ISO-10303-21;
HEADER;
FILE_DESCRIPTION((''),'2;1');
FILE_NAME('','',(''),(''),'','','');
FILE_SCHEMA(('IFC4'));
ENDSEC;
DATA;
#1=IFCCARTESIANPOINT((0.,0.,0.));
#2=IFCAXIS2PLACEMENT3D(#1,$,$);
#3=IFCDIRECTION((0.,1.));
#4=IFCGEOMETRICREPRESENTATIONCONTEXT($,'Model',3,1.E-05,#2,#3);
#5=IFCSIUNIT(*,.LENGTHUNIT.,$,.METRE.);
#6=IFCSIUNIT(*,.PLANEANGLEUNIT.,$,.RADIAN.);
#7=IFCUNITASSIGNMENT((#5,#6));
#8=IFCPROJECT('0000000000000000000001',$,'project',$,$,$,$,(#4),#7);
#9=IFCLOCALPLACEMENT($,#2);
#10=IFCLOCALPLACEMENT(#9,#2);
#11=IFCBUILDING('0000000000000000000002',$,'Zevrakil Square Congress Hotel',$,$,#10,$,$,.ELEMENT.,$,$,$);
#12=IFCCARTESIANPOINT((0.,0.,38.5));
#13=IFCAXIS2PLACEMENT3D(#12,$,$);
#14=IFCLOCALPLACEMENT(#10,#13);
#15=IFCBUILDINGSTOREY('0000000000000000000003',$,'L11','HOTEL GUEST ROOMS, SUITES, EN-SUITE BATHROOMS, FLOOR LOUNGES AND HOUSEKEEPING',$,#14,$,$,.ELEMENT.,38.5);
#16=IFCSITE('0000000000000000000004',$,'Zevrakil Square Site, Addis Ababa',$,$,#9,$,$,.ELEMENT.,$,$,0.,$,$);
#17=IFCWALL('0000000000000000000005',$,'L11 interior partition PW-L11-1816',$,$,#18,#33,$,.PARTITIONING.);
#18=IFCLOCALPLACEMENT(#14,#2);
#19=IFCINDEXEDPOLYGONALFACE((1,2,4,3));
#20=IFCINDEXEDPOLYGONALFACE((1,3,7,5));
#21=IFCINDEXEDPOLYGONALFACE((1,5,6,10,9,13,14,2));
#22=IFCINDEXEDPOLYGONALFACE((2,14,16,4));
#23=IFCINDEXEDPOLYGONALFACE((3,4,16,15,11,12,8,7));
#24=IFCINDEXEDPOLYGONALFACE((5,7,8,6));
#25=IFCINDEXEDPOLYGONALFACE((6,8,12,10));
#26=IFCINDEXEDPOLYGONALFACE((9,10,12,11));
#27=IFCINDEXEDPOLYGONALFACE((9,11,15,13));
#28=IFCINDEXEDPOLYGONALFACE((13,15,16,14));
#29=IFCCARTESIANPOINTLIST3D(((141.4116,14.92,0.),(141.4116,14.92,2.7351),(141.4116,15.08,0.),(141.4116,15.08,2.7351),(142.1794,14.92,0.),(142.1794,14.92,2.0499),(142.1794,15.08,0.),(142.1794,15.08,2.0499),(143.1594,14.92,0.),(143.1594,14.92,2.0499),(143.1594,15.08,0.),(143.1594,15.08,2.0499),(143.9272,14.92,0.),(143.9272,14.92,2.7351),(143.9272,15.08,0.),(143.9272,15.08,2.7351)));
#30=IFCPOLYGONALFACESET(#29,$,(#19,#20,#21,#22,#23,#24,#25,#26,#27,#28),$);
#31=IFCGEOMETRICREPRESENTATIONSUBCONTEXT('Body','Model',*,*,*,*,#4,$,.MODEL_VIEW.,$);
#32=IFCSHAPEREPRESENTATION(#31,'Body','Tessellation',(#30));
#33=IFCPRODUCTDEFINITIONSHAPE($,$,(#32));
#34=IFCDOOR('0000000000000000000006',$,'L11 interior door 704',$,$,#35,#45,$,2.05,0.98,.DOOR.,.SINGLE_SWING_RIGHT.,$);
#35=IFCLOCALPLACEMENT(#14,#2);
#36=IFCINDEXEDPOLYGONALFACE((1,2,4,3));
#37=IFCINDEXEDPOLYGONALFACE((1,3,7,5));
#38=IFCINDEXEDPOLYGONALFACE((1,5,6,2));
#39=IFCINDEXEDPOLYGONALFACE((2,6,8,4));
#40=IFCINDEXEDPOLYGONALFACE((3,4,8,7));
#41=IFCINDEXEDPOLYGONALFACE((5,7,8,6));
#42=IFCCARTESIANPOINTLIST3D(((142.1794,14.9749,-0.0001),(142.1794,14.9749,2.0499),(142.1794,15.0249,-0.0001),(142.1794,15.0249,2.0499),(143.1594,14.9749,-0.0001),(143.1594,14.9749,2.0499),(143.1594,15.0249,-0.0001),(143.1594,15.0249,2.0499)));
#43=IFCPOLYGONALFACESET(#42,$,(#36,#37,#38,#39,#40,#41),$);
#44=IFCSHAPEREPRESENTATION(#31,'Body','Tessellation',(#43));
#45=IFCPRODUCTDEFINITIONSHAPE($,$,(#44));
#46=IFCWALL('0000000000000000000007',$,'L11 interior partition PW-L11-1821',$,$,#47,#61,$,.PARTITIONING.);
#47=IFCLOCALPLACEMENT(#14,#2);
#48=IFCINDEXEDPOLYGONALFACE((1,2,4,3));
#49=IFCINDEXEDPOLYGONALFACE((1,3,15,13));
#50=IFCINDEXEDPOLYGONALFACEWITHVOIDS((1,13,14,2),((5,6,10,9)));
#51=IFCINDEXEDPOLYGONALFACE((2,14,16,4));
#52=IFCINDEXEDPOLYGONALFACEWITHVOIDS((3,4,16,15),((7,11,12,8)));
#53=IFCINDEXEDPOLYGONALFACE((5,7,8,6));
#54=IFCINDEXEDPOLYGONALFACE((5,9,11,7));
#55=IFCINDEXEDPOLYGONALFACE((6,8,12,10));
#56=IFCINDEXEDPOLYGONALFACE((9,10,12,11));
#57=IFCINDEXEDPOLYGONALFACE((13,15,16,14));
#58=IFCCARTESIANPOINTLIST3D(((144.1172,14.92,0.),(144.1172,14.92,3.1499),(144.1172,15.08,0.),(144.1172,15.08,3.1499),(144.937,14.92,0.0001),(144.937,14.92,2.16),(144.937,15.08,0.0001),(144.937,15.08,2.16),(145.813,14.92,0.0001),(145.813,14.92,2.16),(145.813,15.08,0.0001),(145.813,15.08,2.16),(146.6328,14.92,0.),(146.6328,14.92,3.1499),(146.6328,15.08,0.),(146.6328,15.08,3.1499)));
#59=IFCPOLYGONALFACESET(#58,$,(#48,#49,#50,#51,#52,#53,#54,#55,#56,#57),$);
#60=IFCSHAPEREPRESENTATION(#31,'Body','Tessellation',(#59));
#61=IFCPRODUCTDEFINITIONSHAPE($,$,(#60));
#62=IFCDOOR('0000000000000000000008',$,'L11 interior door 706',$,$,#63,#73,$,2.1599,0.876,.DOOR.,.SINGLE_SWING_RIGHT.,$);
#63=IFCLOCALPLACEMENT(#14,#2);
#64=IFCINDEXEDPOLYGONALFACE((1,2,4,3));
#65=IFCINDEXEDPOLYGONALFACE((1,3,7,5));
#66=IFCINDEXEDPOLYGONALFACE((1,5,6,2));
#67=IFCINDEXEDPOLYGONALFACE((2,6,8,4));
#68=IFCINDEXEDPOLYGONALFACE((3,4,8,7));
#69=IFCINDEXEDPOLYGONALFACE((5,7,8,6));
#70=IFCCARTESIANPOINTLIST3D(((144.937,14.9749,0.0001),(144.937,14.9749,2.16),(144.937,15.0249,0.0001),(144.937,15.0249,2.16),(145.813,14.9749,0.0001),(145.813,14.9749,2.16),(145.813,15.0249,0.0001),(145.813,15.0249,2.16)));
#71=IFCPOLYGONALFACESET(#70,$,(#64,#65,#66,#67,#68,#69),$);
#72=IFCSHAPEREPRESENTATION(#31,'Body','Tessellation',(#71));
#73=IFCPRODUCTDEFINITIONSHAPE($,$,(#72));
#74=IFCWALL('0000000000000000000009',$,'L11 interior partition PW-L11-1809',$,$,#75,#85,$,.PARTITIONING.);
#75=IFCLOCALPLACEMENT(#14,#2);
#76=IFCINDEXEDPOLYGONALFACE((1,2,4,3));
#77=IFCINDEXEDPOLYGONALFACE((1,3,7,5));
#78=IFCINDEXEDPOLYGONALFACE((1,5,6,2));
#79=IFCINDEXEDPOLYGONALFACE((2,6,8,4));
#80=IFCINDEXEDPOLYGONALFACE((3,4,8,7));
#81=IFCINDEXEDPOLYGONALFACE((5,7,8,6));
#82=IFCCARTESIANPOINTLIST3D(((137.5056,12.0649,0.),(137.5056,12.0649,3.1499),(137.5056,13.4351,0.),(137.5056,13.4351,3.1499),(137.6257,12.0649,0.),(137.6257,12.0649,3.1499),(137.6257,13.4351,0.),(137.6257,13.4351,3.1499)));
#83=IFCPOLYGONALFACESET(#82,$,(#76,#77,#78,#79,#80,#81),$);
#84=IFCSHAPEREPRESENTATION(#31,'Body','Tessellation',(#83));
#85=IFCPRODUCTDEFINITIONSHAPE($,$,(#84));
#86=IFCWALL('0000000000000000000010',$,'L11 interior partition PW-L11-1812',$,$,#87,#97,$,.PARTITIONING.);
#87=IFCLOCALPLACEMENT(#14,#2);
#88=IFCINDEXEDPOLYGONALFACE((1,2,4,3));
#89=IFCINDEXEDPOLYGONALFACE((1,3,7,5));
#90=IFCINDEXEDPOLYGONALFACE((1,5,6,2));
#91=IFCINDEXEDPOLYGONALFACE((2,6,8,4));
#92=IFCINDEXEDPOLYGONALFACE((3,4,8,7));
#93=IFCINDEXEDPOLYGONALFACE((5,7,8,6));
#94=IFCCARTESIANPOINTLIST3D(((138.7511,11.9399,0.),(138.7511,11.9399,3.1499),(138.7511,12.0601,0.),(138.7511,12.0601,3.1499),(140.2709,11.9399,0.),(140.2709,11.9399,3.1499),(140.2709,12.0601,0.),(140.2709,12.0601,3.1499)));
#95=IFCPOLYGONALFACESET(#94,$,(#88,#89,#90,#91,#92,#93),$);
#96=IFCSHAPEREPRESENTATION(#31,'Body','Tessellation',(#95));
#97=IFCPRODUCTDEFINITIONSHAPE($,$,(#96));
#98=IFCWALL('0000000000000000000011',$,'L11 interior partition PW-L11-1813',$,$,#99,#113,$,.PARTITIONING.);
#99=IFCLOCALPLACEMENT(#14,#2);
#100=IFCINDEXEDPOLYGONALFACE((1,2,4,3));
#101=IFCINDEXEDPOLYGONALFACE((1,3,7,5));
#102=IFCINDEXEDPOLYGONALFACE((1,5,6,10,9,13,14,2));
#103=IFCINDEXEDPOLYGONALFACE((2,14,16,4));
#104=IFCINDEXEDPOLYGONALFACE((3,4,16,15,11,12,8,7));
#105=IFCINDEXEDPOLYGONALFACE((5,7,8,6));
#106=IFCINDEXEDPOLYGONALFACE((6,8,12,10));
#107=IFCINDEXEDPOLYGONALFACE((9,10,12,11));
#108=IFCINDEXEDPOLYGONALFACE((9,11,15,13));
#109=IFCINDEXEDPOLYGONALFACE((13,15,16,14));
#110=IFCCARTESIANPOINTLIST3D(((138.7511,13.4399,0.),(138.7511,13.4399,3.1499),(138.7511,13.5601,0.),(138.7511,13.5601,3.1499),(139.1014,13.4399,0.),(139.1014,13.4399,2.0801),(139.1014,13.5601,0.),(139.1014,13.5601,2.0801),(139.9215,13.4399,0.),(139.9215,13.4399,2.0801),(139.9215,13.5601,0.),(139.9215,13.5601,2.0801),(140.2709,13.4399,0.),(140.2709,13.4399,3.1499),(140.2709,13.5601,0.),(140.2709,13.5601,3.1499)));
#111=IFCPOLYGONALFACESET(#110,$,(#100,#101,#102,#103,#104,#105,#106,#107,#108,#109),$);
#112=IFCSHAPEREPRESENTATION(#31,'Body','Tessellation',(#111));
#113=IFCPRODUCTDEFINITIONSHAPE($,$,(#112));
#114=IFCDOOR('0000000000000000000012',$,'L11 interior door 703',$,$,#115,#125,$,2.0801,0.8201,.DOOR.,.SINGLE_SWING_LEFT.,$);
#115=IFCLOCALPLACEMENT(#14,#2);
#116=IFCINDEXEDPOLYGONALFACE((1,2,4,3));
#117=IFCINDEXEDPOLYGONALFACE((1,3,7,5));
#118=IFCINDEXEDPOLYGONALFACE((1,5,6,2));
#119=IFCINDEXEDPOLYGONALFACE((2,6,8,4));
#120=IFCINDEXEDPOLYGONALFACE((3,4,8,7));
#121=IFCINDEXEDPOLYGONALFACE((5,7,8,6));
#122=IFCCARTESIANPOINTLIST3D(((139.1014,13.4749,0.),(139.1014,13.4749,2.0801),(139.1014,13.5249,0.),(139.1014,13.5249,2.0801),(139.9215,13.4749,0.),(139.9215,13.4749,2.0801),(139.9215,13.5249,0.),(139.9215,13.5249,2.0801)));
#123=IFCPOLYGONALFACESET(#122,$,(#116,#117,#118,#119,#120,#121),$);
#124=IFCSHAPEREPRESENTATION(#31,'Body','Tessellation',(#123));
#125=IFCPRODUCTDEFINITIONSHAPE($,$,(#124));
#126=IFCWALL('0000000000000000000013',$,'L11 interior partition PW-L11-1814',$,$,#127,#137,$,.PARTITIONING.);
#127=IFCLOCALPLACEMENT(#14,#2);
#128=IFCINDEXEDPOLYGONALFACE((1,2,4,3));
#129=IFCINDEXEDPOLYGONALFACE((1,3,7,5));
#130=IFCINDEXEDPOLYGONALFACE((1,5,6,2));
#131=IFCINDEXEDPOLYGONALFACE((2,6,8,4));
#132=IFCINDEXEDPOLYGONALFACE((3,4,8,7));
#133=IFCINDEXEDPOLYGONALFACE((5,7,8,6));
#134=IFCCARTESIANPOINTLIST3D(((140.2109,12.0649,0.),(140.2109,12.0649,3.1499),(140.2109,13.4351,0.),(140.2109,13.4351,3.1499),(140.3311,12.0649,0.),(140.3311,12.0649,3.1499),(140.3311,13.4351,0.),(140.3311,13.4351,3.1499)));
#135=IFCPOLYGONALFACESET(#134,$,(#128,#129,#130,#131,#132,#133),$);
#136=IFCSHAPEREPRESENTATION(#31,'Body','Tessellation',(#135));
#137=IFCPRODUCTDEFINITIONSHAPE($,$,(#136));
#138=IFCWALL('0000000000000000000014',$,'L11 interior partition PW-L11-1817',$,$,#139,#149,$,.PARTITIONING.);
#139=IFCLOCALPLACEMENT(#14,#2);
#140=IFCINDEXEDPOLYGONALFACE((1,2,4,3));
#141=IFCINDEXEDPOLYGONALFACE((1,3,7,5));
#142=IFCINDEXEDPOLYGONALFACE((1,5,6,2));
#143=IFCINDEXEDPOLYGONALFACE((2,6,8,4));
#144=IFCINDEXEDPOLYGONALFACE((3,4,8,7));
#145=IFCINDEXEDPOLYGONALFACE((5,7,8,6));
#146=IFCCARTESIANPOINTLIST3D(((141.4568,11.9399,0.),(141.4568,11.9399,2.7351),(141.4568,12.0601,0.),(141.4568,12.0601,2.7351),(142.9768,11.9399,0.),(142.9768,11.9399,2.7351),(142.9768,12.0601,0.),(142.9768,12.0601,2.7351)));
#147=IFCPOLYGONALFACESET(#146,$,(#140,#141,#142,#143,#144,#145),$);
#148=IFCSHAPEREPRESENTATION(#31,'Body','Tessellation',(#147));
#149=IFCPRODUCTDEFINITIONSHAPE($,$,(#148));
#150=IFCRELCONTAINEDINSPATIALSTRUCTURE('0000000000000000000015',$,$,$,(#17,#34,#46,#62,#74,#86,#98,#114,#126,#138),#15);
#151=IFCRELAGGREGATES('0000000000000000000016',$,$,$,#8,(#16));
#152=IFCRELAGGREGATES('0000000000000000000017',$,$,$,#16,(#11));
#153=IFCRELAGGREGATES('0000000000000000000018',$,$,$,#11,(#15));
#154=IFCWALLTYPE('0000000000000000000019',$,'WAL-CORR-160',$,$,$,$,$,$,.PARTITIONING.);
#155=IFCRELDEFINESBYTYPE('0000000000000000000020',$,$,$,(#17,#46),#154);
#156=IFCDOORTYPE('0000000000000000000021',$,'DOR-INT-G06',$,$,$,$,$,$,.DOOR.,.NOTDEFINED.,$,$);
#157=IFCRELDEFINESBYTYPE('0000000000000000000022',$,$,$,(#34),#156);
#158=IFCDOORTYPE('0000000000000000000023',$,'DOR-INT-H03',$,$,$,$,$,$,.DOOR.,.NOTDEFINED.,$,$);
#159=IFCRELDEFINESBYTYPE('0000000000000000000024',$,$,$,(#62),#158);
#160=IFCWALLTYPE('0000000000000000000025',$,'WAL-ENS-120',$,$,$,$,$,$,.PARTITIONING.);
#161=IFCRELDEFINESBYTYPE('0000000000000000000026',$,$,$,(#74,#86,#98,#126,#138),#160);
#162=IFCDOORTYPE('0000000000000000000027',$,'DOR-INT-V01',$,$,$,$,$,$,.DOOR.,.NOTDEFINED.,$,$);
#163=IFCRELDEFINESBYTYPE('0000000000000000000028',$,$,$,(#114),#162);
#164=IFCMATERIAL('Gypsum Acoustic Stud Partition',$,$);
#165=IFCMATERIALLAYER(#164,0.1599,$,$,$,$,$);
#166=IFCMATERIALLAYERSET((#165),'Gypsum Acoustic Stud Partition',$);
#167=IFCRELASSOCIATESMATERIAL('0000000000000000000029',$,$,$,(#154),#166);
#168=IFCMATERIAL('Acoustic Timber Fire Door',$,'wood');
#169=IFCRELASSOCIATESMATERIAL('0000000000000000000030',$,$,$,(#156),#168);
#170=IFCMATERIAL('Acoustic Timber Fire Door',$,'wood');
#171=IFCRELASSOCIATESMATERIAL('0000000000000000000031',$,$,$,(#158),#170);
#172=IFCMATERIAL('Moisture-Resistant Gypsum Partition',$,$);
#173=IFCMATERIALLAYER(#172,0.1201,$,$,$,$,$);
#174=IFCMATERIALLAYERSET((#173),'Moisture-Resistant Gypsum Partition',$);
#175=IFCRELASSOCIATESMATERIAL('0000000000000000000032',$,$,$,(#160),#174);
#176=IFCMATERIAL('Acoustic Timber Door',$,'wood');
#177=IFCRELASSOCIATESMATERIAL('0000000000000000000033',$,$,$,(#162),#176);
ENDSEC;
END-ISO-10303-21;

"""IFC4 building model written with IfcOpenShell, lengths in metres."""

from ifc_helpers import new_model, si_unit, direction, frame, frame_2d, origin, place, context, subcontext, project, spatial, rectangle, extrude, material, layer, layer_set, type_object, element, fill, save


model = new_model("IFC4")

# Units and contexts
model_context = context("Model", 3, precision=1e-05, world=origin(), true_north=direction((0.0, 1.0)))
body_context = subcontext(model_context, "Body", "Model", "MODEL_VIEW")
ifc_project = project(units=[si_unit("LENGTHUNIT", "METRE"), si_unit("PLANEANGLEUNIT", "RADIAN")], contexts=[model_context])

# Site, building, storey
site_placement = place(None, origin())
site = spatial("IfcSite", under=ifc_project, at=site_placement, Name="Zevrakil Square Site, Addis Ababa", CompositionType="ELEMENT", RefElevation=0.0)
building_placement = place(site_placement, origin())
building = spatial("IfcBuilding", under=site, at=building_placement, Name="Zevrakil Square Congress Hotel", CompositionType="ELEMENT")
storey_placement = place(building_placement, frame((0.0, 0.0, 38.5)))
storey = spatial("IfcBuildingStorey", under=building, at=storey_placement, Name="L11", Description="HOTEL GUEST ROOMS, SUITES, EN-SUITE BATHROOMS, FLOOR LOUNGES AND HOUSEKEEPING", CompositionType="ELEMENT", Elevation=38.5)

# Walls, openings, doors
ifc_material_1 = material(Name="Gypsum Acoustic Stud Partition")
ifc_layer_1 = layer(ifc_material_1, 0.1599)
ifc_layer_set_1 = layer_set([ifc_layer_1], Name="Gypsum Acoustic Stud Partition")
wall_type_1 = type_object("IfcWallType", Name="WAL-CORR-160", PredefinedType="PARTITIONING", material=ifc_layer_set_1)
wall_1_placement = place(storey_placement, frame((141.4116, 15.0, 0.0), z_axis=(0.0, 0.0, 1.0), x_axis=(1.0, 0.0, 0.0)))
wall_1 = element("IfcWall", 1, at=wall_1_placement, inside=storey, type_object=wall_type_1, Name="L11 interior partition PW-L11-1816", PredefinedType="PARTITIONING", context=body_context, shape_type="SweptSolid", body=[
    extrude(rectangle(XDim=2.5156, YDim=0.1599, at=frame_2d((1.2578, 0.0))), origin(), (0.0, 0.0, 1.0), 2.7351),
])
opening_1_placement = place(wall_1_placement, frame((0.7678, 0.0, 0.0)))
opening_1 = element("IfcOpeningElement", 2, at=opening_1_placement, cuts=wall_1, PredefinedType="OPENING", context=body_context, shape_type="SweptSolid", body=[
    extrude(rectangle(XDim=0.98, YDim=2.05, at=frame_2d((0.49, 1.0249))), frame((0.0, 0.0898, 0.0), z_axis=(0.0, -1.0, 0.0), x_axis=(1.0, 0.0, 0.0)), (0.0, 0.0, 1.0), 0.1799),
])
ifc_material_2 = material(Name="Acoustic Timber Fire Door", Category="wood")
door_type_1 = type_object("IfcDoorType", Name="DOR-INT-G06", OperationType="NOTDEFINED", PredefinedType="DOOR", material=ifc_material_2)
door_1_placement = place(opening_1_placement, origin())
door_1 = element("IfcDoor", 3, at=door_1_placement, inside=storey, type_object=door_type_1, Name="L11 interior door 704", OperationType="SINGLE_SWING_RIGHT", OverallHeight=2.05, OverallWidth=0.98, PredefinedType="DOOR", context=body_context, shape_type="SweptSolid", body=[
    extrude(rectangle(XDim=0.98, YDim=2.05, at=frame_2d((0.49, 1.0249))), frame((0.0, 0.0249, 0.0), z_axis=(0.0, -1.0, 0.0), x_axis=(1.0, 0.0, 0.0)), (0.0, 0.0, 1.0), 0.05),
])
fill(opening_1, door_1)
wall_2_placement = place(storey_placement, frame((144.1172, 15.0, 0.0), z_axis=(0.0, 0.0, 1.0), x_axis=(1.0, 0.0, 0.0)))
wall_2 = element("IfcWall", 4, at=wall_2_placement, inside=storey, type_object=wall_type_1, Name="L11 interior partition PW-L11-1821", PredefinedType="PARTITIONING", context=body_context, shape_type="SweptSolid", body=[
    extrude(rectangle(XDim=2.5156, YDim=0.1599, at=frame_2d((1.2578, 0.0))), origin(), (0.0, 0.0, 1.0), 3.1499),
])
opening_2_placement = place(wall_2_placement, frame((0.8198, 0.0, 0.0)))
opening_2 = element("IfcOpeningElement", 5, at=opening_2_placement, cuts=wall_2, PredefinedType="OPENING", context=body_context, shape_type="SweptSolid", body=[
    extrude(rectangle(XDim=0.876, YDim=2.1599, at=frame_2d((0.438, 1.0801))), frame((0.0, 0.0898, 0.0), z_axis=(0.0, -1.0, 0.0), x_axis=(1.0, 0.0, 0.0)), (0.0, 0.0, 1.0), 0.1799),
])
ifc_material_3 = material(Name="Acoustic Timber Fire Door", Category="wood")
door_type_2 = type_object("IfcDoorType", Name="DOR-INT-H03", OperationType="NOTDEFINED", PredefinedType="DOOR", material=ifc_material_3)
door_2_placement = place(opening_2_placement, origin())
door_2 = element("IfcDoor", 6, at=door_2_placement, inside=storey, type_object=door_type_2, Name="L11 interior door 706", OperationType="SINGLE_SWING_RIGHT", OverallHeight=2.1599, OverallWidth=0.876, PredefinedType="DOOR", context=body_context, shape_type="SweptSolid", body=[
    extrude(rectangle(XDim=0.876, YDim=2.1599, at=frame_2d((0.438, 1.0801))), frame((0.0, 0.0249, 0.0), z_axis=(0.0, -1.0, 0.0), x_axis=(1.0, 0.0, 0.0)), (0.0, 0.0, 1.0), 0.05),
])
fill(opening_2, door_2)

# Walls
ifc_material_4 = material(Name="Moisture-Resistant Gypsum Partition")
ifc_layer_2 = layer(ifc_material_4, 0.1201)
ifc_layer_set_2 = layer_set([ifc_layer_2], Name="Moisture-Resistant Gypsum Partition")
wall_type_2 = type_object("IfcWallType", Name="WAL-ENS-120", PredefinedType="PARTITIONING", material=ifc_layer_set_2)
wall_3_placement = place(storey_placement, frame((137.5657, 12.0649, 0.0), z_axis=(0.0, 0.0, 1.0), x_axis=(0.0, 1.0, 0.0)))
element("IfcWall", 7, at=wall_3_placement, inside=storey, type_object=wall_type_2, Name="L11 interior partition PW-L11-1809", PredefinedType="PARTITIONING", context=body_context, shape_type="SweptSolid", body=[
    extrude(rectangle(XDim=1.3701, YDim=0.1201, at=frame_2d((0.6851, 0.0))), origin(), (0.0, 0.0, 1.0), 3.1499),
])
wall_4_placement = place(storey_placement, frame((138.7512, 12.0, 0.0), z_axis=(0.0, 0.0, 1.0), x_axis=(1.0, 0.0, 0.0)))
element("IfcWall", 8, at=wall_4_placement, inside=storey, type_object=wall_type_2, Name="L11 interior partition PW-L11-1812", PredefinedType="PARTITIONING", context=body_context, shape_type="SweptSolid", body=[
    extrude(rectangle(XDim=1.5198, YDim=0.1201, at=frame_2d((0.7598, 0.0))), origin(), (0.0, 0.0, 1.0), 3.1499),
])

# Wall, opening, door
wall_5_placement = place(storey_placement, frame((138.7512, 13.5, 0.0), z_axis=(0.0, 0.0, 1.0), x_axis=(1.0, 0.0, 0.0)))
wall_5 = element("IfcWall", 9, at=wall_5_placement, inside=storey, type_object=wall_type_2, Name="L11 interior partition PW-L11-1813", PredefinedType="PARTITIONING", context=body_context, shape_type="SweptSolid", body=[
    extrude(rectangle(XDim=1.5198, YDim=0.1201, at=frame_2d((0.7598, 0.0))), origin(), (0.0, 0.0, 1.0), 3.1499),
])
opening_3_placement = place(wall_5_placement, frame((0.3501, 0.0, 0.0)))
opening_3 = element("IfcOpeningElement", 10, at=opening_3_placement, cuts=wall_5, PredefinedType="OPENING", context=body_context, shape_type="SweptSolid", body=[
    extrude(rectangle(XDim=0.8201, YDim=2.0801, at=frame_2d((0.4102, 1.04))), frame((0.0, 0.0701, 0.0), z_axis=(0.0, -1.0, 0.0), x_axis=(1.0, 0.0, 0.0)), (0.0, 0.0, 1.0), 0.1401),
])
ifc_material_5 = material(Name="Acoustic Timber Door", Category="wood")
door_type_3 = type_object("IfcDoorType", Name="DOR-INT-V01", OperationType="NOTDEFINED", PredefinedType="DOOR", material=ifc_material_5)
door_3_placement = place(opening_3_placement, origin())
door_3 = element("IfcDoor", 11, at=door_3_placement, inside=storey, type_object=door_type_3, Name="L11 interior door 703", OperationType="SINGLE_SWING_LEFT", OverallHeight=2.0801, OverallWidth=0.8201, PredefinedType="DOOR", context=body_context, shape_type="SweptSolid", body=[
    extrude(rectangle(XDim=0.8201, YDim=2.0801, at=frame_2d((0.4102, 1.04))), frame((0.0, 0.0249, 0.0), z_axis=(0.0, -1.0, 0.0), x_axis=(1.0, 0.0, 0.0)), (0.0, 0.0, 1.0), 0.05),
])
fill(opening_3, door_3)

# Walls
wall_6_placement = place(storey_placement, frame((140.271, 12.0649, 0.0), z_axis=(0.0, 0.0, 1.0), x_axis=(0.0, 1.0, 0.0)))
element("IfcWall", 12, at=wall_6_placement, inside=storey, type_object=wall_type_2, Name="L11 interior partition PW-L11-1814", PredefinedType="PARTITIONING", context=body_context, shape_type="SweptSolid", body=[
    extrude(rectangle(XDim=1.3701, YDim=0.1201, at=frame_2d((0.6851, 0.0))), origin(), (0.0, 0.0, 1.0), 3.1499),
])
wall_7_placement = place(storey_placement, frame((141.4568, 12.0, 0.0), z_axis=(0.0, 0.0, 1.0), x_axis=(1.0, 0.0, 0.0)))
element("IfcWall", 13, at=wall_7_placement, inside=storey, type_object=wall_type_2, Name="L11 interior partition PW-L11-1817", PredefinedType="PARTITIONING", context=body_context, shape_type="SweptSolid", body=[
    extrude(rectangle(XDim=1.52, YDim=0.1201, at=frame_2d((0.76, 0.0))), origin(), (0.0, 0.0, 1.0), 2.7351),
])

save(model, "model.ifc")
